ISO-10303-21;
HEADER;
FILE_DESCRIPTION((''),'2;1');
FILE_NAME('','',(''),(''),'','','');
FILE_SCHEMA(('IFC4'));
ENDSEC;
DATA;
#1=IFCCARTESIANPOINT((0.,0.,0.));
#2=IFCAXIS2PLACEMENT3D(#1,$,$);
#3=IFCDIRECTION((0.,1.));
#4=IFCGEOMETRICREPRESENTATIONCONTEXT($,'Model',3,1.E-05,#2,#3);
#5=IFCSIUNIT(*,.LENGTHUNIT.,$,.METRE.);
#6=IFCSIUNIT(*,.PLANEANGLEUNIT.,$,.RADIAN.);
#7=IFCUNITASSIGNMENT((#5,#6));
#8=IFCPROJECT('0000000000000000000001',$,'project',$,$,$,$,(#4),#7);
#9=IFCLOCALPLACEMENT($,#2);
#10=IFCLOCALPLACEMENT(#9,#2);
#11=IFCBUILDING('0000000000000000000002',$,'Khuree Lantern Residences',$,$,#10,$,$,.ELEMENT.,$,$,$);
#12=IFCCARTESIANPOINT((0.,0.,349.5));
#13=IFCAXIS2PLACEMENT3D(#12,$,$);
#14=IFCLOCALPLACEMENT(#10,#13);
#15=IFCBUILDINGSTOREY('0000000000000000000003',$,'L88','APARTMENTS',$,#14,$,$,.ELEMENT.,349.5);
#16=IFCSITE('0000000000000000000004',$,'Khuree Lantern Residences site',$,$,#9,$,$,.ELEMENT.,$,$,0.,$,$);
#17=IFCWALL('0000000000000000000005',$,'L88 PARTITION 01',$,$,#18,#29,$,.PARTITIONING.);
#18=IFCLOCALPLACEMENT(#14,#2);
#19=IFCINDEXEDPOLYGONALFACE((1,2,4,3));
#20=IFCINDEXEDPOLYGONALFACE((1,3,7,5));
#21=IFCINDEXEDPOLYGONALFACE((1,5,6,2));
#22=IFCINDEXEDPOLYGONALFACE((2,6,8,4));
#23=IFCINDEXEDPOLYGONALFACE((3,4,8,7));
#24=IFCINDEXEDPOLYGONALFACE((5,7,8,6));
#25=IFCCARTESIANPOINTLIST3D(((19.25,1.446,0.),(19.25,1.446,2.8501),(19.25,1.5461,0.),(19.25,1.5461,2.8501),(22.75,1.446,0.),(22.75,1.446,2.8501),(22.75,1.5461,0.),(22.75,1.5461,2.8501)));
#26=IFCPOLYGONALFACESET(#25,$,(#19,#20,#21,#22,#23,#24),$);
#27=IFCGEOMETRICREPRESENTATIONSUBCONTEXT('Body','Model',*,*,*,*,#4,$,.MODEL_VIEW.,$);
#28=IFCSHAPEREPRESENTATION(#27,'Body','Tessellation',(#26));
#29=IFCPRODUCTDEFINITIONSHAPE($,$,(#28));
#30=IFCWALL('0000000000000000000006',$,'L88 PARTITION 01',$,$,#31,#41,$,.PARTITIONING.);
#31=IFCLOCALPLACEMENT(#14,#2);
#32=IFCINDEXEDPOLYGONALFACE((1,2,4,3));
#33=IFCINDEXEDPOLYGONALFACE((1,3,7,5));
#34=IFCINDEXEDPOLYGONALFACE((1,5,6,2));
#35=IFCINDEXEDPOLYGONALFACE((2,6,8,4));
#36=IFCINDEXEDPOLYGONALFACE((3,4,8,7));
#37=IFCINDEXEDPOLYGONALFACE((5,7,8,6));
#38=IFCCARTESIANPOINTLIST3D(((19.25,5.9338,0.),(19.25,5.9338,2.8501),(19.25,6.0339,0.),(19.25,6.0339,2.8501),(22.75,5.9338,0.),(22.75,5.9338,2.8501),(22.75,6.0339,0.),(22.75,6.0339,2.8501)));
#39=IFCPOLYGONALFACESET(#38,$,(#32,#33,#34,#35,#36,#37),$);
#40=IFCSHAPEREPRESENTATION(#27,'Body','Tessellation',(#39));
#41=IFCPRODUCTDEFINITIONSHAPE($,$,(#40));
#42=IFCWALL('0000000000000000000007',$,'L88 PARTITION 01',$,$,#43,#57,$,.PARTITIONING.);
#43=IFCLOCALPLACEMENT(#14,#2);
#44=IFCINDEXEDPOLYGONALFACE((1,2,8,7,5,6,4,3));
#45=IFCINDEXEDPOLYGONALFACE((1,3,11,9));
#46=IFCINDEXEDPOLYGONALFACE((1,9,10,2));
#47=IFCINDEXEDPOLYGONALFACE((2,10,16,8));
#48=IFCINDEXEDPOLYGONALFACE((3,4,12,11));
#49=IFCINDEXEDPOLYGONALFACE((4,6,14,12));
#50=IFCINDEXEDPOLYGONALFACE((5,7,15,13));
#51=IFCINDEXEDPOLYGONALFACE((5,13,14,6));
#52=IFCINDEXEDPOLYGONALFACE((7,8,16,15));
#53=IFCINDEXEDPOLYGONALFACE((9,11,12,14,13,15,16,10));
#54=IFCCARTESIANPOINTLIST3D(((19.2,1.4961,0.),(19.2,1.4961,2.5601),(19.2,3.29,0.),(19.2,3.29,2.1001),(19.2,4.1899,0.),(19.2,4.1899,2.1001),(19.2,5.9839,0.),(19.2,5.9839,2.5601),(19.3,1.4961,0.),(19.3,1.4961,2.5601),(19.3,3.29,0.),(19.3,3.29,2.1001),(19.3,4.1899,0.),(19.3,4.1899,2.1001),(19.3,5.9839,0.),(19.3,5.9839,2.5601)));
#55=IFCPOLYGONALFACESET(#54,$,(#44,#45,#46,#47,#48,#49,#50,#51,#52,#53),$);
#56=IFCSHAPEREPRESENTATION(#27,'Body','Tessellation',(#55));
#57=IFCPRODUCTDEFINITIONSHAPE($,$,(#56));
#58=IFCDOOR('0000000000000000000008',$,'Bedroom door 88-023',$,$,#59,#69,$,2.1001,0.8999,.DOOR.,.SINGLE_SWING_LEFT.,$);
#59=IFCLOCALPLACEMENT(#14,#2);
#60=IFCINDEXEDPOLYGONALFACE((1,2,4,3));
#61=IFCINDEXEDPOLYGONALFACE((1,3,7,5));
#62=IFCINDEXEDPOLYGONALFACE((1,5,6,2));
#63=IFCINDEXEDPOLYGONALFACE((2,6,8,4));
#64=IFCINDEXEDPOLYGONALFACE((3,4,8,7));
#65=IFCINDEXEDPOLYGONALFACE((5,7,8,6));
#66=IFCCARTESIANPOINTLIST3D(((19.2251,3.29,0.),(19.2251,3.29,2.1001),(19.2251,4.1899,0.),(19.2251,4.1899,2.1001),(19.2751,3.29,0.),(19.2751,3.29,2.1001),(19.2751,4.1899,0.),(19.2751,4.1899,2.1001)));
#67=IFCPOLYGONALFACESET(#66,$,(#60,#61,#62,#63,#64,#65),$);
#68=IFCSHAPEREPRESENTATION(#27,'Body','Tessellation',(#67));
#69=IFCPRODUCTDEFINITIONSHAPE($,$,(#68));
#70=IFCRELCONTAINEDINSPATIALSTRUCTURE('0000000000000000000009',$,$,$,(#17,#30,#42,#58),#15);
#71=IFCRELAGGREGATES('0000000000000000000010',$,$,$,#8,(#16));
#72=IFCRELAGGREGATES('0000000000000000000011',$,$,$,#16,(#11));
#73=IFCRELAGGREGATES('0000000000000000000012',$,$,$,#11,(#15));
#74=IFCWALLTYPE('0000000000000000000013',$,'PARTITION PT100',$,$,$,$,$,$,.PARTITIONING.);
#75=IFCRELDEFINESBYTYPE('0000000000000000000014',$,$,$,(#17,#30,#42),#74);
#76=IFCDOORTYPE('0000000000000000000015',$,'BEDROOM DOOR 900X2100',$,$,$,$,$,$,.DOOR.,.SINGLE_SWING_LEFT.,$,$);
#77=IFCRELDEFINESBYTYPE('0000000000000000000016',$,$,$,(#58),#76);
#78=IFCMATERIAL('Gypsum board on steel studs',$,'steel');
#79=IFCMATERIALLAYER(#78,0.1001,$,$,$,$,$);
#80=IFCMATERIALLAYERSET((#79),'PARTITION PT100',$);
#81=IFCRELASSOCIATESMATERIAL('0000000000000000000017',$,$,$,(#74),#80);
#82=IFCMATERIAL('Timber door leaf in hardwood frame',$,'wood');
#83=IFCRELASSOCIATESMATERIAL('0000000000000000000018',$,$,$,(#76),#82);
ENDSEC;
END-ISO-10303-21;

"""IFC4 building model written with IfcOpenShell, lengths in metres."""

from ifc_helpers import new_model, si_unit, direction, frame, frame_2d, origin, place, context, subcontext, project, spatial, rectangle, extrude, material, layer, layer_set, type_object, element, fill, save


model = new_model("IFC4")

# Units and contexts
model_context = context("Model", 3, precision=1e-05, world=origin(), true_north=direction((0.0, 1.0)))
body_context = subcontext(model_context, "Body", "Model", "MODEL_VIEW")
ifc_project = project(units=[si_unit("LENGTHUNIT", "METRE"), si_unit("PLANEANGLEUNIT", "RADIAN")], contexts=[model_context])

# Site, building, storey
site_placement = place(None, origin())
site = spatial("IfcSite", under=ifc_project, at=site_placement, Name="Khuree Lantern Residences site", CompositionType="ELEMENT", RefElevation=0.0)
building_placement = place(site_placement, origin())
building = spatial("IfcBuilding", under=site, at=building_placement, Name="Khuree Lantern Residences", CompositionType="ELEMENT")
storey_placement = place(building_placement, frame((0.0, 0.0, 349.5)))
storey = spatial("IfcBuildingStorey", under=building, at=storey_placement, Name="L88", Description="APARTMENTS", CompositionType="ELEMENT", Elevation=349.5)

# Walls
ifc_material_1 = material(Name="Gypsum board on steel studs", Category="steel")
ifc_layer_1 = layer(ifc_material_1, 0.1001)
ifc_layer_set_1 = layer_set([ifc_layer_1], Name="PARTITION PT100")
wall_type_1 = type_object("IfcWallType", Name="PARTITION PT100", PredefinedType="PARTITIONING", material=ifc_layer_set_1)
for number, where, z_axis, x_axis, name in (
    (1, (19.25, 1.4961, 0.0), (0.0, 0.0, 1.0), (1.0, 0.0, 0.0), "L88 PARTITION 01"),
    (2, (19.25, 5.9839, 0.0), (0.0, 0.0, 1.0), (1.0, 0.0, 0.0), "L88 PARTITION 01"),
):
    element("IfcWall", number, at=place(storey_placement, frame(where, z_axis=z_axis, x_axis=x_axis)), inside=storey, type_object=wall_type_1, Name=name, PredefinedType="PARTITIONING", context=body_context, shape_type="SweptSolid", body=[
        extrude(rectangle(XDim=3.5, YDim=0.1001, at=frame_2d((1.75, 0.0))), origin(), (0.0, 0.0, 1.0), 2.8501),
    ])

# Wall, opening, door
wall_1_placement = place(storey_placement, frame((19.25, 1.4961, 0.0), z_axis=(0.0, 0.0, 1.0), x_axis=(0.0, 1.0, 0.0)))
wall_1 = element("IfcWall", 3, at=wall_1_placement, inside=storey, type_object=wall_type_1, Name="L88 PARTITION 01", PredefinedType="PARTITIONING", context=body_context, shape_type="SweptSolid", body=[
    extrude(rectangle(XDim=4.4878, YDim=0.1001, at=frame_2d((2.2439, 0.0))), origin(), (0.0, 0.0, 1.0), 2.5601),
])
opening_placement = place(wall_1_placement, frame((1.7939, 0.0, 0.0)))
opening = element("IfcOpeningElement", 4, at=opening_placement, cuts=wall_1, PredefinedType="OPENING", context=body_context, shape_type="SweptSolid", body=[
    extrude(rectangle(XDim=0.8999, YDim=2.1001, at=frame_2d((0.45, 1.05))), frame((0.0, 0.0601, 0.0), z_axis=(0.0, -1.0, 0.0), x_axis=(1.0, 0.0, 0.0)), (0.0, 0.0, 1.0), 0.1201),
])
ifc_material_2 = material(Name="Timber door leaf in hardwood frame", Category="wood")
door_type = type_object("IfcDoorType", Name="BEDROOM DOOR 900X2100", OperationType="SINGLE_SWING_LEFT", PredefinedType="DOOR", material=ifc_material_2)
door_placement = place(opening_placement, origin())
door = element("IfcDoor", 5, at=door_placement, inside=storey, type_object=door_type, Name="Bedroom door 88-023", OperationType="SINGLE_SWING_LEFT", OverallHeight=2.1001, OverallWidth=0.8999, PredefinedType="DOOR", context=body_context, shape_type="SweptSolid", body=[
    extrude(rectangle(XDim=0.8999, YDim=2.1001, at=frame_2d((0.45, 1.05))), frame((0.0, 0.0249, 0.0), z_axis=(0.0, -1.0, 0.0), x_axis=(1.0, 0.0, 0.0)), (0.0, 0.0, 1.0), 0.05),
])
fill(opening, door)

save(model, "model.ifc")
